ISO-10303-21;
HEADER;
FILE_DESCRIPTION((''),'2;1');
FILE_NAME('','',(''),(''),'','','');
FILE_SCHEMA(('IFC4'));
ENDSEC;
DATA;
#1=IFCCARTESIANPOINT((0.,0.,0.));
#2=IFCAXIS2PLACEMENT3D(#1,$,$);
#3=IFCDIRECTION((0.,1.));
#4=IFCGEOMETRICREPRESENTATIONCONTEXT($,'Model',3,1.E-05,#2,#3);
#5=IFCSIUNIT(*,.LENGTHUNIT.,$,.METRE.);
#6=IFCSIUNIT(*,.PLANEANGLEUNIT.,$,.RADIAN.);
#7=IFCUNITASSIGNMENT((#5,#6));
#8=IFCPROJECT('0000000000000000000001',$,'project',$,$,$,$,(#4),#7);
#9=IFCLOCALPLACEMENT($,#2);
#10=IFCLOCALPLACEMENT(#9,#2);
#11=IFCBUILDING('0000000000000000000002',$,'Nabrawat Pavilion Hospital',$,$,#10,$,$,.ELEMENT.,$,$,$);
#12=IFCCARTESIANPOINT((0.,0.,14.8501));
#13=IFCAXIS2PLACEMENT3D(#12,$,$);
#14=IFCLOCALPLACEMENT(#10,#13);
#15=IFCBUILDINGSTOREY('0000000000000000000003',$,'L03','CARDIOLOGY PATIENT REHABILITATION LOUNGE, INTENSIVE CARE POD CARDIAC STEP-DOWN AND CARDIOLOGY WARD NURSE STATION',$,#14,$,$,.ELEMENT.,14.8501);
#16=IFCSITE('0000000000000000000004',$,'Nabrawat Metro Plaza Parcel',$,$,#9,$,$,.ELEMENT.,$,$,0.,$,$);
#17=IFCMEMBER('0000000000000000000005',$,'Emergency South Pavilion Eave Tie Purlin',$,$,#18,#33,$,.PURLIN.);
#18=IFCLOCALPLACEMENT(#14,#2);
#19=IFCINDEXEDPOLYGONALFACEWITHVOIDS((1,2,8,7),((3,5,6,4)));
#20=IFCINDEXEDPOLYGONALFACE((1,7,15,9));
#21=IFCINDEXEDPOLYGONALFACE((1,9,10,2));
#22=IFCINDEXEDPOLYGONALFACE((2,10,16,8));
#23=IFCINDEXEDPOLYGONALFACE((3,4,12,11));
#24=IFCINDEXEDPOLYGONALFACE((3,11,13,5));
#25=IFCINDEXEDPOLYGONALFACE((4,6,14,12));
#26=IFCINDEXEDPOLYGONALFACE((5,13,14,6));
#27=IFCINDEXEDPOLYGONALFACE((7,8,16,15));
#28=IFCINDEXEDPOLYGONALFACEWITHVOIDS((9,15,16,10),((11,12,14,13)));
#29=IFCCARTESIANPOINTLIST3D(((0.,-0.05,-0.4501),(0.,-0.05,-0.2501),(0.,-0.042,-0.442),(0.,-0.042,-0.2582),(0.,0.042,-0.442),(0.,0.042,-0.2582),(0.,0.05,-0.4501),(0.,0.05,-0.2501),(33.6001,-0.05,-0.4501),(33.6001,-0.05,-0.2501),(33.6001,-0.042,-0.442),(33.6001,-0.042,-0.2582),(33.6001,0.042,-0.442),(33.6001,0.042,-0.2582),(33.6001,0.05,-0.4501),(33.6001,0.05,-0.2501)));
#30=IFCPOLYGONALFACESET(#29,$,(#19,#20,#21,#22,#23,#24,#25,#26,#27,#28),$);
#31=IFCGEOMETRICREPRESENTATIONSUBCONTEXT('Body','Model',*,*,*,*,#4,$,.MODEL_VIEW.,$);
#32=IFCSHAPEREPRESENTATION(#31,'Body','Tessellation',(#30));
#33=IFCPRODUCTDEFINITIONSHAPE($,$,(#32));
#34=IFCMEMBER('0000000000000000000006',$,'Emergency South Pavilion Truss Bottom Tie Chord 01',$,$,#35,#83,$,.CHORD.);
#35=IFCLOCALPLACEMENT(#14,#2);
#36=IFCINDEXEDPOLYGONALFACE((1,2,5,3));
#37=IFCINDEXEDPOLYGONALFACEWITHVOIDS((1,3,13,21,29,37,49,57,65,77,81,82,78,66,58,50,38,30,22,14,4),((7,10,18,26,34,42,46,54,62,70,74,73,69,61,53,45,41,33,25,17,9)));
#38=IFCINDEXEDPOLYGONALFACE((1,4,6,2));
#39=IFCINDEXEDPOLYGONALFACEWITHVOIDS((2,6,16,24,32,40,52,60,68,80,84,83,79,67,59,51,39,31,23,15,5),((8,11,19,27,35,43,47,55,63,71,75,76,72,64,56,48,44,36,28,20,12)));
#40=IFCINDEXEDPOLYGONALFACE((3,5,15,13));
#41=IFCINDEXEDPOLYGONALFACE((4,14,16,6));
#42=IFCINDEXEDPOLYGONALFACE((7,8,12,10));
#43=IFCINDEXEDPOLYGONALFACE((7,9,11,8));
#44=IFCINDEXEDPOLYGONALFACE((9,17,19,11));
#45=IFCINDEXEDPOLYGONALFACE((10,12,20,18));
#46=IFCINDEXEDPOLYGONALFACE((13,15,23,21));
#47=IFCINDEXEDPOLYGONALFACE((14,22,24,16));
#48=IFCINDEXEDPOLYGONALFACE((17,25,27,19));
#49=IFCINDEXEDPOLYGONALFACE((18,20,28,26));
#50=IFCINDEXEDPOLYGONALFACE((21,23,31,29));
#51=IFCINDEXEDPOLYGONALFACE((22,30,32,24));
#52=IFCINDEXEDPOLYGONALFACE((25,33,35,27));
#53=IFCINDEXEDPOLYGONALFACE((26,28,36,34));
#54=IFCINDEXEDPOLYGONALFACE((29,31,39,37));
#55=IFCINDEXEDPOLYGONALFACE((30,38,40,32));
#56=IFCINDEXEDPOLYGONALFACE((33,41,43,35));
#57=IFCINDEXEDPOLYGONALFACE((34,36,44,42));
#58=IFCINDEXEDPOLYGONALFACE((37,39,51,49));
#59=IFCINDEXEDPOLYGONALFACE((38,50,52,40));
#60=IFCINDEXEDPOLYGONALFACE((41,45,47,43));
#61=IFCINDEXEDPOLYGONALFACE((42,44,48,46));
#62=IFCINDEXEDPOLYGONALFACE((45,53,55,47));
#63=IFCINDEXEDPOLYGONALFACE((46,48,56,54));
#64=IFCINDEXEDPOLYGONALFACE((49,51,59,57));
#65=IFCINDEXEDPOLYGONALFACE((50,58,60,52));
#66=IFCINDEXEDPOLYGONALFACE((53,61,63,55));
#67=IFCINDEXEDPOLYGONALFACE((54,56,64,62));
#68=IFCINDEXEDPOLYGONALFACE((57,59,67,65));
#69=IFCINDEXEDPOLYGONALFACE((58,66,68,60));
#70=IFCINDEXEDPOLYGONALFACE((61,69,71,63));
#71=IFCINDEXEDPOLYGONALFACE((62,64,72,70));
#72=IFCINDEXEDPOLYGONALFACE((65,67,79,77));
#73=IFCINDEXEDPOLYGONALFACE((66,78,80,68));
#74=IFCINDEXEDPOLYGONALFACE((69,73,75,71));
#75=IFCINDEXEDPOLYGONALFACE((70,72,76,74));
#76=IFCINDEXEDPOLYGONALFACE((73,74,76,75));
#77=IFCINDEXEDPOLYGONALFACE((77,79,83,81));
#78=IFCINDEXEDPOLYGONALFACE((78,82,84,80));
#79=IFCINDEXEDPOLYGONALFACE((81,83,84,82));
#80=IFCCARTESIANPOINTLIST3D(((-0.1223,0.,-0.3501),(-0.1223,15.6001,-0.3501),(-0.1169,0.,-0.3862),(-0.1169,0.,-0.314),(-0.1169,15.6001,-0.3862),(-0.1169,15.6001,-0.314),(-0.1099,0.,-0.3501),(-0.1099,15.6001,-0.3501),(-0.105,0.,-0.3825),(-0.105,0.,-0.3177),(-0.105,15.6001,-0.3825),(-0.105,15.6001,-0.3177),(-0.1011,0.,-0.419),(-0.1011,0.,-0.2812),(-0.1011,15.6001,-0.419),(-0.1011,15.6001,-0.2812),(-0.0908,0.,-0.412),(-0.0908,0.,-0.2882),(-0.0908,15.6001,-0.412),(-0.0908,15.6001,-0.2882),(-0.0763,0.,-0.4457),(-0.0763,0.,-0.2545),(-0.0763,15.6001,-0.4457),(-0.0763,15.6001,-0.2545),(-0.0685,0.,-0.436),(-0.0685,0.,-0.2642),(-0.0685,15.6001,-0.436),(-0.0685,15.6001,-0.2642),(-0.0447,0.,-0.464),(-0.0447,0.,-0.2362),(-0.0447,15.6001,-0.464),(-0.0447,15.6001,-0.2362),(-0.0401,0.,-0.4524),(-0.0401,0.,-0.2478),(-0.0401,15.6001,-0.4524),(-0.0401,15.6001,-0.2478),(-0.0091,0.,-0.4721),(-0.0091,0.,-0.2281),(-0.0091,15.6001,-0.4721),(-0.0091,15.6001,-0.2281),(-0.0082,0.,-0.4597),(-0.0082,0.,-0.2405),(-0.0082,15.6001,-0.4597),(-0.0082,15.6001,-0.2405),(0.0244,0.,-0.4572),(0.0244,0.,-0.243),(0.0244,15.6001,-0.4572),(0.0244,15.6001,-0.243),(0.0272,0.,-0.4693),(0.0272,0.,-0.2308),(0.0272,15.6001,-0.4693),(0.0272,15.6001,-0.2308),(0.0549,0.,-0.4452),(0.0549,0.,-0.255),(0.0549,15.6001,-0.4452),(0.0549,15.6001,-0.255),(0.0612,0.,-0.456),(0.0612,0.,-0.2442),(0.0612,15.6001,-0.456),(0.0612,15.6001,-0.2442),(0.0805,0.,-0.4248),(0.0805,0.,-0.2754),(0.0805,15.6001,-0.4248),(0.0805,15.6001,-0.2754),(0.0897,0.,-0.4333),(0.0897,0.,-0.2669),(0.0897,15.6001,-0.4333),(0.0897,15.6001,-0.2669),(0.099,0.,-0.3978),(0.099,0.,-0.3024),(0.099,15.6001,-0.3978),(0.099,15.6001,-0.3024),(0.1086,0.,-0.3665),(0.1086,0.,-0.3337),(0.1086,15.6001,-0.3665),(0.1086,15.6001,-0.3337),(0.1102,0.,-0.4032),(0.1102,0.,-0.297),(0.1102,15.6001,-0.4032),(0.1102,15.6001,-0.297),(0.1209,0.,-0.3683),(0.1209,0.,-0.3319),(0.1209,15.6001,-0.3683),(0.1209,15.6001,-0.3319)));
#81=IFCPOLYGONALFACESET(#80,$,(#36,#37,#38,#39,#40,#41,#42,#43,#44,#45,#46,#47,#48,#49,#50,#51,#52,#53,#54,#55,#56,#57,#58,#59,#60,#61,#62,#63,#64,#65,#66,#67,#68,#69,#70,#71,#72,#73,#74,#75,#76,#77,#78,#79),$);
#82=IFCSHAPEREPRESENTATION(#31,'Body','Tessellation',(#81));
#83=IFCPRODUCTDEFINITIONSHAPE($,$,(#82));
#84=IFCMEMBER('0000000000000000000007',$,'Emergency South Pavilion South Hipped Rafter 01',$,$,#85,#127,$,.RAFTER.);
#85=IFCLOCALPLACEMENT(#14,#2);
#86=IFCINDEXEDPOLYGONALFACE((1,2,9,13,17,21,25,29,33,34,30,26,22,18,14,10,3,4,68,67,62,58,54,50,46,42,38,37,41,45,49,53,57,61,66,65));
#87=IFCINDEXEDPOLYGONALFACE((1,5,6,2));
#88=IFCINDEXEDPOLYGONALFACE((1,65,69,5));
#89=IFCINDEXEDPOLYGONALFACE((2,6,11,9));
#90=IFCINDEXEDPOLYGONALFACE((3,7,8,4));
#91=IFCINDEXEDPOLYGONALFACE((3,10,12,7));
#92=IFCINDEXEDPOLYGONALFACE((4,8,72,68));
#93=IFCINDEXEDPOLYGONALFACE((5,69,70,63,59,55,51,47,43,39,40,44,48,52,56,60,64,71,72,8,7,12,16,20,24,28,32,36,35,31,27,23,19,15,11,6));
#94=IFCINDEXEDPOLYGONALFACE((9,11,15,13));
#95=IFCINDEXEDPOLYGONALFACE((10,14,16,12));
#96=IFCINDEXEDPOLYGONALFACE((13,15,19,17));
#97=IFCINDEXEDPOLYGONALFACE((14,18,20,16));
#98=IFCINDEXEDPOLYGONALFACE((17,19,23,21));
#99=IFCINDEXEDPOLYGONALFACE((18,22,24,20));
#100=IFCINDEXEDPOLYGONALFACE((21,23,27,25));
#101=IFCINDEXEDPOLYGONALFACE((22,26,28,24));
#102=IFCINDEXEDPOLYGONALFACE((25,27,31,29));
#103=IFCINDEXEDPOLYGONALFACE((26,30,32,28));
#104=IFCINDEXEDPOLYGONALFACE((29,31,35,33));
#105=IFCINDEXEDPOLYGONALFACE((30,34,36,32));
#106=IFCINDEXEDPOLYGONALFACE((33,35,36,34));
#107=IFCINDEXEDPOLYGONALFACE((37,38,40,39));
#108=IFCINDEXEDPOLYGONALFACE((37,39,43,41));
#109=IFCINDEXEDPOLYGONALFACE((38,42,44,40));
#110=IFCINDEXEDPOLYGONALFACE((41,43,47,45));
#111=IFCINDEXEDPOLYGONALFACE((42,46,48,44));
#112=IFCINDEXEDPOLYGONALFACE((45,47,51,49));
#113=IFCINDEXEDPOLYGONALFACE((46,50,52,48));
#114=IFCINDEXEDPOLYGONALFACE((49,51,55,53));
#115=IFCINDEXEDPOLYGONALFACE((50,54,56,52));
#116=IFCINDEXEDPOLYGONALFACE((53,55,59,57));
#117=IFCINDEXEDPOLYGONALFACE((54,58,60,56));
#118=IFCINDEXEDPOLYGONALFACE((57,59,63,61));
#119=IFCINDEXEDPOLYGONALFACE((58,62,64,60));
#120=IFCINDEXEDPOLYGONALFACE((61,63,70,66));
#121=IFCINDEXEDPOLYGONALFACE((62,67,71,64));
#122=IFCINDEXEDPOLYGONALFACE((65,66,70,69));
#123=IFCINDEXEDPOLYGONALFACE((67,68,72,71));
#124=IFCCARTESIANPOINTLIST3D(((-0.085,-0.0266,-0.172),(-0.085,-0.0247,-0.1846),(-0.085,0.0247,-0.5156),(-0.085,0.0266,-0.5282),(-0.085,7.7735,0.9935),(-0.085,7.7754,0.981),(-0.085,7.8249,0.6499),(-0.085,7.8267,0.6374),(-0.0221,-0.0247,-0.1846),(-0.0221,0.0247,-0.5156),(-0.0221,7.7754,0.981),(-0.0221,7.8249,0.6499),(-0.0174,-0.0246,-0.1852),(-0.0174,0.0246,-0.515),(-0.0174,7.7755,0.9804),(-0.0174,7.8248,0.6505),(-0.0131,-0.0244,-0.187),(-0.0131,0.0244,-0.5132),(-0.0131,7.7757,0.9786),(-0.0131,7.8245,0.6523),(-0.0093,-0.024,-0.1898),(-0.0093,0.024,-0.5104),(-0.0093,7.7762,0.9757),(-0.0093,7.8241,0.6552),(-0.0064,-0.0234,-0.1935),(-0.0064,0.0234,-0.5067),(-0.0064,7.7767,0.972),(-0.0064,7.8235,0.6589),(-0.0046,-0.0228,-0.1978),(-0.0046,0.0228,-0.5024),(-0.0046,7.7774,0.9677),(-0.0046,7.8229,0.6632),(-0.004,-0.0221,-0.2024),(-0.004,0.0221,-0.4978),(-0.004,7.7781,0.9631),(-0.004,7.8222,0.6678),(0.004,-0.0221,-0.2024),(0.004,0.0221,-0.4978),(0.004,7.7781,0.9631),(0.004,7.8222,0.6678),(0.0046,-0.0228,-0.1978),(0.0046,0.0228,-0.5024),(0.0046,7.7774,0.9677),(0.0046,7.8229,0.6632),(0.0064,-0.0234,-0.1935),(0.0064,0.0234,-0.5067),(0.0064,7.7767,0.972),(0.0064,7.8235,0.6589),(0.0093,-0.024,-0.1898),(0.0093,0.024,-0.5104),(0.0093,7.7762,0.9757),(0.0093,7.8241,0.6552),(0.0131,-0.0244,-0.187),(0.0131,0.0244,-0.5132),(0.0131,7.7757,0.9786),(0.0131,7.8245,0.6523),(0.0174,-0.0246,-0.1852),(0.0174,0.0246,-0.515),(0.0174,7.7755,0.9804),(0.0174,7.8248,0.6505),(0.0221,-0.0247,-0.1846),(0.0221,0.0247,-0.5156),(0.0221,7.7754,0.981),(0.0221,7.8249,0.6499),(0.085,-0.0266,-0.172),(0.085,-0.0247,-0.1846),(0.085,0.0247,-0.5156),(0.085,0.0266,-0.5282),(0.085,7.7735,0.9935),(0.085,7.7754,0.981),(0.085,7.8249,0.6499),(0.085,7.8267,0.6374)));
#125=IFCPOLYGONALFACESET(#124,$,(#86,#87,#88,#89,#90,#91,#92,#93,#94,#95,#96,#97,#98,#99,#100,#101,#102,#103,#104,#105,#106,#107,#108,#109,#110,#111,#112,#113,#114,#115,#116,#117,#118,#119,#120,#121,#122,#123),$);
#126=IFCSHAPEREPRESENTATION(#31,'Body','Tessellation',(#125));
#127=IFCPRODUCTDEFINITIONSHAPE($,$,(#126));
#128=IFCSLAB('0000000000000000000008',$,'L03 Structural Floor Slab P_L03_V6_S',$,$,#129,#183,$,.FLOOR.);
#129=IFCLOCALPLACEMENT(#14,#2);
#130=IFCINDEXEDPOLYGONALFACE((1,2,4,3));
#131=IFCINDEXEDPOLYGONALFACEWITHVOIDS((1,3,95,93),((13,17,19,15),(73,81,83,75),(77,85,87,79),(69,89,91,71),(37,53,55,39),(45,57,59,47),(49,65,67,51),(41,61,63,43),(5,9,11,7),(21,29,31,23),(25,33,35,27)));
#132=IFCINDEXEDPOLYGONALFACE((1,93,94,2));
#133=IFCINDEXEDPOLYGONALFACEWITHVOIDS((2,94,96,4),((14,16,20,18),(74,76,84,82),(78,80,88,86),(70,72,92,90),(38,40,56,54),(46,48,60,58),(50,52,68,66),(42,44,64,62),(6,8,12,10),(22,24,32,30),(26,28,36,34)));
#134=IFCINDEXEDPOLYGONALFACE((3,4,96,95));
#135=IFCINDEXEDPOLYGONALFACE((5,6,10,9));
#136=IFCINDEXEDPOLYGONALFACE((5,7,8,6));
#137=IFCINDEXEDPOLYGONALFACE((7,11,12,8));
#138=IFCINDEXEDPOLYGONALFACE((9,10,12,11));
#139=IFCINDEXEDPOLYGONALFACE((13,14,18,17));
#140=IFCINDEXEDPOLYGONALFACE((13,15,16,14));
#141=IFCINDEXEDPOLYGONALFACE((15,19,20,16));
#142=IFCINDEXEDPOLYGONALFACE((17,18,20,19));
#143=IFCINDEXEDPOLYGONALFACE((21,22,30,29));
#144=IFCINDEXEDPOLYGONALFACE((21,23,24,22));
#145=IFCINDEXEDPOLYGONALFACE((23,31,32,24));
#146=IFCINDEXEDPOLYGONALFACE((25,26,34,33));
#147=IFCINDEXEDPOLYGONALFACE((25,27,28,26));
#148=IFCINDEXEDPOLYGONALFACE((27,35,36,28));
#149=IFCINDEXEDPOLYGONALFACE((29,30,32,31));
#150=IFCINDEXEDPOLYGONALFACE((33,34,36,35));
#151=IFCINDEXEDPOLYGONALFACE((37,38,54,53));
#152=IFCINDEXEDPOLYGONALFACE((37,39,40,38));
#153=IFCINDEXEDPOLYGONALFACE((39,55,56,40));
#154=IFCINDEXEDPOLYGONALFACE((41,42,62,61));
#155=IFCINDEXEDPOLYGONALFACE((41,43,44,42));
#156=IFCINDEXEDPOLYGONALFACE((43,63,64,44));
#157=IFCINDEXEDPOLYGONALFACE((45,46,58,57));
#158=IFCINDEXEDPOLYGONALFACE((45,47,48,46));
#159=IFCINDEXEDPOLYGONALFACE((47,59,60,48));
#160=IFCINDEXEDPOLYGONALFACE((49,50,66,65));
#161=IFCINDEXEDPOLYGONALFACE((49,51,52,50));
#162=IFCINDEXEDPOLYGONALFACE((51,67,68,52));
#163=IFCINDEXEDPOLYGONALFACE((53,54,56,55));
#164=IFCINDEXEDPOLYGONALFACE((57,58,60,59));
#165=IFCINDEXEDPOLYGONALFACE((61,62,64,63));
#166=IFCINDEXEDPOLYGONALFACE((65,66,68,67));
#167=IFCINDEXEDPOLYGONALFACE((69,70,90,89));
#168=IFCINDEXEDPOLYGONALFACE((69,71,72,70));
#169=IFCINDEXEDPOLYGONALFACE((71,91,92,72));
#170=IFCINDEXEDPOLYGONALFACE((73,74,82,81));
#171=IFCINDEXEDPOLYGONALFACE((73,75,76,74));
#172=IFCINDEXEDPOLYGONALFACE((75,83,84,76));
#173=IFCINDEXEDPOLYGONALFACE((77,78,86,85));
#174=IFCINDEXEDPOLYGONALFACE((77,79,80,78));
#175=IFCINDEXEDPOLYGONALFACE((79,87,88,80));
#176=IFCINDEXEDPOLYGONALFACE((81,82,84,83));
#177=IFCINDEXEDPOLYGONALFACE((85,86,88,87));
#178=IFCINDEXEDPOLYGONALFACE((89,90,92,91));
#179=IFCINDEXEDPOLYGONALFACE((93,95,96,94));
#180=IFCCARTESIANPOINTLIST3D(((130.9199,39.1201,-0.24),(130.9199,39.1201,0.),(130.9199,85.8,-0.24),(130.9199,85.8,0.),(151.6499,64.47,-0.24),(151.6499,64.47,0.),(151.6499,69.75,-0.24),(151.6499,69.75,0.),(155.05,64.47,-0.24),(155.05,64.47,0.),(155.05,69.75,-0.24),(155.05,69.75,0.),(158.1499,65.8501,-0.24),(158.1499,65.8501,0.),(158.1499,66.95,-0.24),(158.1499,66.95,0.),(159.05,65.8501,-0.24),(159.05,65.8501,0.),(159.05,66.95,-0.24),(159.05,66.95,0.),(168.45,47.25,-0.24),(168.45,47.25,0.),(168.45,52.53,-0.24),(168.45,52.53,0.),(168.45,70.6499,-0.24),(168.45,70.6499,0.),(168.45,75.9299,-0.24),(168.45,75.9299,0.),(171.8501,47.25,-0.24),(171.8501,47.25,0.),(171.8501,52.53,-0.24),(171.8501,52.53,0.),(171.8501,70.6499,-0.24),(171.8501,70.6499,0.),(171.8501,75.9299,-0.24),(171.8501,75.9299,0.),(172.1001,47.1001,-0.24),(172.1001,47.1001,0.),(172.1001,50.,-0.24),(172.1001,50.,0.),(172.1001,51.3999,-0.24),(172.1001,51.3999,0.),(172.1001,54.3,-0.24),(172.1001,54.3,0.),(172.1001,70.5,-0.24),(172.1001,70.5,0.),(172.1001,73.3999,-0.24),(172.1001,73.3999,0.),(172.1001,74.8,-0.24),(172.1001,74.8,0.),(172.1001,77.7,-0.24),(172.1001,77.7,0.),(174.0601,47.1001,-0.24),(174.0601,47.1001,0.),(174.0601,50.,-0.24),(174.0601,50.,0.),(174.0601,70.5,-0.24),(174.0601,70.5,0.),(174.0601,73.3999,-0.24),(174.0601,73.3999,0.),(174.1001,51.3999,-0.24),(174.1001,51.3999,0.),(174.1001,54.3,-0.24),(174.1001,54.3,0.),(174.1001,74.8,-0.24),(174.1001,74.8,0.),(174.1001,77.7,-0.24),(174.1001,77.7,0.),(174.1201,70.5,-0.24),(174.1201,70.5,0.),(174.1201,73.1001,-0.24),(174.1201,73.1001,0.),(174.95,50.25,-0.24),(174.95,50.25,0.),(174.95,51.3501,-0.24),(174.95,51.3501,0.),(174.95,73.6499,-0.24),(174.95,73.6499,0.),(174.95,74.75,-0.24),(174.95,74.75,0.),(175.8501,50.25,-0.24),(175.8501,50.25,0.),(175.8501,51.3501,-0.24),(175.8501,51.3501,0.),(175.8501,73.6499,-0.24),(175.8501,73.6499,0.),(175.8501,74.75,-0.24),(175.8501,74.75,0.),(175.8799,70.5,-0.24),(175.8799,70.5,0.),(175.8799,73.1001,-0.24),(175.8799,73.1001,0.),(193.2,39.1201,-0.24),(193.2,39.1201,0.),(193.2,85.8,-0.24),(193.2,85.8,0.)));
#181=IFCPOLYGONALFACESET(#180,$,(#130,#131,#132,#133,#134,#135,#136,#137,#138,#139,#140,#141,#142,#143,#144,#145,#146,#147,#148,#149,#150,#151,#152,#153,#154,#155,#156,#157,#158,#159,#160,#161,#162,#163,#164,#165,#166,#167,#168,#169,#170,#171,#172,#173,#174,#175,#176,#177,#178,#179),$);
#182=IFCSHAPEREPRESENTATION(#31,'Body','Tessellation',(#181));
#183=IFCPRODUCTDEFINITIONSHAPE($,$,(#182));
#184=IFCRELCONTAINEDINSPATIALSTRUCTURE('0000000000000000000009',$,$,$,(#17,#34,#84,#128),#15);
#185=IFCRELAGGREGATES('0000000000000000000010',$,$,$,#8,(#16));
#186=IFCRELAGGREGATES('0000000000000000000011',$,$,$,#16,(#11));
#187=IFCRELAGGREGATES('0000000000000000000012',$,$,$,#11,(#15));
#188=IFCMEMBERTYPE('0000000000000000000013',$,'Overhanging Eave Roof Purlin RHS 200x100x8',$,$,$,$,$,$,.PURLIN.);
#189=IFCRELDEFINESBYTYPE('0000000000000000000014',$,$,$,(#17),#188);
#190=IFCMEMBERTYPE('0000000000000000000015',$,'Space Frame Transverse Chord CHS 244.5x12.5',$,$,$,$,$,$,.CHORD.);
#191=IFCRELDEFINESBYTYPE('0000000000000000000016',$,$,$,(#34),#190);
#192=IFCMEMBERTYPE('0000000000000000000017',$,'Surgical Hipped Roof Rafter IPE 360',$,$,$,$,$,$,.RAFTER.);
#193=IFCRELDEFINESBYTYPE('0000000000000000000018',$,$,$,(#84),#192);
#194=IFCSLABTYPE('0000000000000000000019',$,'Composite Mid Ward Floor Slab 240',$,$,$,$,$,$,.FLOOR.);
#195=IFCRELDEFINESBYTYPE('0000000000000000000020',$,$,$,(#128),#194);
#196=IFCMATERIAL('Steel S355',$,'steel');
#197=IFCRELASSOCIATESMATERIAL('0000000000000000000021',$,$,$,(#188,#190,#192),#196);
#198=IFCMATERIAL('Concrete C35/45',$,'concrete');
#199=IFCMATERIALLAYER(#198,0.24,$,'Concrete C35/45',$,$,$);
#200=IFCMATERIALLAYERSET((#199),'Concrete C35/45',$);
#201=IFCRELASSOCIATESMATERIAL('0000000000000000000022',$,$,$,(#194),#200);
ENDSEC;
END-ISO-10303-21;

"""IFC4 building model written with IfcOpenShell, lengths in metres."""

from ifc_helpers import new_model, si_unit, direction, frame, origin, origin_2d, place, context, subcontext, project, spatial, polyline, hollow_rectangle, hollow_circle, i_section, outline, extrude, material, layer, layer_set, material_profile, profile_set, type_object, element, save


model = new_model("IFC4")

# Units and contexts
model_context = context("Model", 3, precision=1e-05, world=origin(), true_north=direction((0.0, 1.0)))
body_context = subcontext(model_context, "Body", "Model", "MODEL_VIEW")
ifc_project = project(units=[si_unit("LENGTHUNIT", "METRE"), si_unit("PLANEANGLEUNIT", "RADIAN")], contexts=[model_context])

# Site, building, storey
site_placement = place(None, origin())
site = spatial("IfcSite", under=ifc_project, at=site_placement, Name="Nabrawat Metro Plaza Parcel", CompositionType="ELEMENT", RefElevation=0.0)
building_placement = place(site_placement, origin())
building = spatial("IfcBuilding", under=site, at=building_placement, Name="Nabrawat Pavilion Hospital", CompositionType="ELEMENT")
storey_placement = place(building_placement, frame((0.0, 0.0, 14.8501)))
storey = spatial("IfcBuildingStorey", under=building, at=storey_placement, Name="L03", Description="CARDIOLOGY PATIENT REHABILITATION LOUNGE, INTENSIVE CARE POD CARDIAC STEP-DOWN AND CARDIOLOGY WARD NURSE STATION", CompositionType="ELEMENT", Elevation=14.8501)

# Members
ifc_material_1 = material(Name="Steel S355", Category="steel")
ifc_material_profile_1 = material_profile(ifc_material_1, hollow_rectangle(XDim=0.1001, YDim=0.2, WallThickness=0.0081, at=origin_2d()), Name="RHS 200x100x8")
ifc_profile_set_1 = profile_set([ifc_material_profile_1], Name="Steel S355")
member_type_1 = type_object("IfcMemberType", Name="Overhanging Eave Roof Purlin RHS 200x100x8", PredefinedType="PURLIN", material=ifc_profile_set_1)
member_1_placement = place(storey_placement, frame((0.0, 0.0, -0.3501), z_axis=(1.0, 0.0, 0.0), x_axis=(0.0, 1.0, 0.0)))
element("IfcMember", 1, at=member_1_placement, inside=storey, type_object=member_type_1, Name="Emergency South Pavilion Eave Tie Purlin", PredefinedType="PURLIN", context=body_context, shape_type="SweptSolid", body=[
    extrude(hollow_rectangle(XDim=0.1001, YDim=0.2, WallThickness=0.0081, at=origin_2d()), origin(), (0.0, 0.0, 1.0), 33.6001),
])
ifc_material_profile_2 = material_profile(ifc_material_1, hollow_circle(Radius=0.1223, WallThickness=0.0125, at=origin_2d()), Name="CHS 244.5x12.5")
ifc_profile_set_2 = profile_set([ifc_material_profile_2], Name="Steel S355")
member_type_2 = type_object("IfcMemberType", Name="Space Frame Transverse Chord CHS 244.5x12.5", PredefinedType="CHORD", material=ifc_profile_set_2)
member_2_placement = place(storey_placement, frame((0.0, 0.0, -0.3501), z_axis=(0.0, 1.0, 0.0), x_axis=(-1.0, 0.0, 0.0)))
element("IfcMember", 2, at=member_2_placement, inside=storey, type_object=member_type_2, Name="Emergency South Pavilion Truss Bottom Tie Chord 01", PredefinedType="CHORD", context=body_context, shape_type="SweptSolid", body=[
    extrude(hollow_circle(Radius=0.1223, WallThickness=0.0125, at=origin_2d()), origin(), (0.0, 0.0, 1.0), 15.6001),
])
ifc_material_profile_3 = material_profile(ifc_material_1, i_section(OverallWidth=0.1699, OverallDepth=0.3601, WebThickness=0.0081, FlangeThickness=0.0127, FilletRadius=0.0181, at=origin_2d()), Name="IPE 360")
ifc_profile_set_3 = profile_set([ifc_material_profile_3], Name="Steel S355")
member_type_3 = type_object("IfcMemberType", Name="Surgical Hipped Roof Rafter IPE 360", PredefinedType="RAFTER", material=ifc_profile_set_3)
member_3_placement = place(storey_placement, frame((0.0, 0.0, -0.3501), z_axis=(0.0, 0.98902, 0.147785), x_axis=(-1.0, 0.0, 0.0)))
element("IfcMember", 3, at=member_3_placement, inside=storey, type_object=member_type_3, Name="Emergency South Pavilion South Hipped Rafter 01", PredefinedType="RAFTER", context=body_context, shape_type="SweptSolid", body=[
    extrude(i_section(OverallWidth=0.1699, OverallDepth=0.3601, WebThickness=0.0081, FlangeThickness=0.0127, FilletRadius=0.0181, at=origin_2d()), origin(), (0.0, 0.0, 1.0), 7.8867),
])

# Slab
ifc_material_2 = material(Name="Concrete C35/45", Category="concrete")
ifc_layer_1 = layer(ifc_material_2, 0.24, Name="Concrete C35/45")
ifc_layer_set_1 = layer_set([ifc_layer_1], Name="Concrete C35/45")
slab_type_1 = type_object("IfcSlabType", Name="Composite Mid Ward Floor Slab 240", PredefinedType="FLOOR", material=ifc_layer_set_1)
slab_1_placement = place(storey_placement, frame((0.0, 0.0, -0.24)))
element("IfcSlab", 4, at=slab_1_placement, inside=storey, type_object=slab_type_1, Name="L03 Structural Floor Slab P_L03_V6_S", PredefinedType="FLOOR", context=body_context, shape_type="SweptSolid", body=[
    extrude(outline(polyline([(130.9199, 39.1201), (193.2, 39.1201), (193.2, 85.8), (130.9199, 85.8), (130.9199, 39.1201)]), holes=[polyline([(175.8799, 73.1001), (175.8799, 70.5), (174.1201, 70.5), (174.1201, 73.1001), (175.8799, 73.1001)]), polyline([(174.95, 50.25), (174.95, 51.3501), (175.8501, 51.3501), (175.8501, 50.25), (174.95, 50.25)]), polyline([(174.95, 73.6499), (174.95, 74.75), (175.8501, 74.75), (175.8501, 73.6499), (174.95, 73.6499)]), polyline([(172.1001, 51.3999), (172.1001, 54.3), (174.1001, 54.3), (174.1001, 51.3999), (172.1001, 51.3999)]), polyline([(172.1001, 74.8), (172.1001, 77.7), (174.1001, 77.7), (174.1001, 74.8), (172.1001, 74.8)]), polyline([(174.0601, 50.0), (174.0601, 47.1001), (172.1001, 47.1001), (172.1001, 50.0), (174.0601, 50.0)]), polyline([(172.1001, 70.5), (172.1001, 73.3999), (174.0601, 73.3999), (174.0601, 70.5), (172.1001, 70.5)]), polyline([(171.8501, 47.25), (168.45, 47.25), (168.45, 52.53), (171.8501, 52.53), (171.8501, 47.25)]), polyline([(171.8501, 70.6499), (168.45, 70.6499), (168.45, 75.9299), (171.8501, 75.9299), (171.8501, 70.6499)]), polyline([(159.05, 66.95), (159.05, 65.8501), (158.1499, 65.8501), (158.1499, 66.95), (159.05, 66.95)]), polyline([(155.05, 64.47), (151.6499, 64.47), (151.6499, 69.75), (155.05, 69.75), (155.05, 64.47)])]), origin(), (0.0, 0.0, 1.0), 0.24),
])

save(model, "model.ifc")
